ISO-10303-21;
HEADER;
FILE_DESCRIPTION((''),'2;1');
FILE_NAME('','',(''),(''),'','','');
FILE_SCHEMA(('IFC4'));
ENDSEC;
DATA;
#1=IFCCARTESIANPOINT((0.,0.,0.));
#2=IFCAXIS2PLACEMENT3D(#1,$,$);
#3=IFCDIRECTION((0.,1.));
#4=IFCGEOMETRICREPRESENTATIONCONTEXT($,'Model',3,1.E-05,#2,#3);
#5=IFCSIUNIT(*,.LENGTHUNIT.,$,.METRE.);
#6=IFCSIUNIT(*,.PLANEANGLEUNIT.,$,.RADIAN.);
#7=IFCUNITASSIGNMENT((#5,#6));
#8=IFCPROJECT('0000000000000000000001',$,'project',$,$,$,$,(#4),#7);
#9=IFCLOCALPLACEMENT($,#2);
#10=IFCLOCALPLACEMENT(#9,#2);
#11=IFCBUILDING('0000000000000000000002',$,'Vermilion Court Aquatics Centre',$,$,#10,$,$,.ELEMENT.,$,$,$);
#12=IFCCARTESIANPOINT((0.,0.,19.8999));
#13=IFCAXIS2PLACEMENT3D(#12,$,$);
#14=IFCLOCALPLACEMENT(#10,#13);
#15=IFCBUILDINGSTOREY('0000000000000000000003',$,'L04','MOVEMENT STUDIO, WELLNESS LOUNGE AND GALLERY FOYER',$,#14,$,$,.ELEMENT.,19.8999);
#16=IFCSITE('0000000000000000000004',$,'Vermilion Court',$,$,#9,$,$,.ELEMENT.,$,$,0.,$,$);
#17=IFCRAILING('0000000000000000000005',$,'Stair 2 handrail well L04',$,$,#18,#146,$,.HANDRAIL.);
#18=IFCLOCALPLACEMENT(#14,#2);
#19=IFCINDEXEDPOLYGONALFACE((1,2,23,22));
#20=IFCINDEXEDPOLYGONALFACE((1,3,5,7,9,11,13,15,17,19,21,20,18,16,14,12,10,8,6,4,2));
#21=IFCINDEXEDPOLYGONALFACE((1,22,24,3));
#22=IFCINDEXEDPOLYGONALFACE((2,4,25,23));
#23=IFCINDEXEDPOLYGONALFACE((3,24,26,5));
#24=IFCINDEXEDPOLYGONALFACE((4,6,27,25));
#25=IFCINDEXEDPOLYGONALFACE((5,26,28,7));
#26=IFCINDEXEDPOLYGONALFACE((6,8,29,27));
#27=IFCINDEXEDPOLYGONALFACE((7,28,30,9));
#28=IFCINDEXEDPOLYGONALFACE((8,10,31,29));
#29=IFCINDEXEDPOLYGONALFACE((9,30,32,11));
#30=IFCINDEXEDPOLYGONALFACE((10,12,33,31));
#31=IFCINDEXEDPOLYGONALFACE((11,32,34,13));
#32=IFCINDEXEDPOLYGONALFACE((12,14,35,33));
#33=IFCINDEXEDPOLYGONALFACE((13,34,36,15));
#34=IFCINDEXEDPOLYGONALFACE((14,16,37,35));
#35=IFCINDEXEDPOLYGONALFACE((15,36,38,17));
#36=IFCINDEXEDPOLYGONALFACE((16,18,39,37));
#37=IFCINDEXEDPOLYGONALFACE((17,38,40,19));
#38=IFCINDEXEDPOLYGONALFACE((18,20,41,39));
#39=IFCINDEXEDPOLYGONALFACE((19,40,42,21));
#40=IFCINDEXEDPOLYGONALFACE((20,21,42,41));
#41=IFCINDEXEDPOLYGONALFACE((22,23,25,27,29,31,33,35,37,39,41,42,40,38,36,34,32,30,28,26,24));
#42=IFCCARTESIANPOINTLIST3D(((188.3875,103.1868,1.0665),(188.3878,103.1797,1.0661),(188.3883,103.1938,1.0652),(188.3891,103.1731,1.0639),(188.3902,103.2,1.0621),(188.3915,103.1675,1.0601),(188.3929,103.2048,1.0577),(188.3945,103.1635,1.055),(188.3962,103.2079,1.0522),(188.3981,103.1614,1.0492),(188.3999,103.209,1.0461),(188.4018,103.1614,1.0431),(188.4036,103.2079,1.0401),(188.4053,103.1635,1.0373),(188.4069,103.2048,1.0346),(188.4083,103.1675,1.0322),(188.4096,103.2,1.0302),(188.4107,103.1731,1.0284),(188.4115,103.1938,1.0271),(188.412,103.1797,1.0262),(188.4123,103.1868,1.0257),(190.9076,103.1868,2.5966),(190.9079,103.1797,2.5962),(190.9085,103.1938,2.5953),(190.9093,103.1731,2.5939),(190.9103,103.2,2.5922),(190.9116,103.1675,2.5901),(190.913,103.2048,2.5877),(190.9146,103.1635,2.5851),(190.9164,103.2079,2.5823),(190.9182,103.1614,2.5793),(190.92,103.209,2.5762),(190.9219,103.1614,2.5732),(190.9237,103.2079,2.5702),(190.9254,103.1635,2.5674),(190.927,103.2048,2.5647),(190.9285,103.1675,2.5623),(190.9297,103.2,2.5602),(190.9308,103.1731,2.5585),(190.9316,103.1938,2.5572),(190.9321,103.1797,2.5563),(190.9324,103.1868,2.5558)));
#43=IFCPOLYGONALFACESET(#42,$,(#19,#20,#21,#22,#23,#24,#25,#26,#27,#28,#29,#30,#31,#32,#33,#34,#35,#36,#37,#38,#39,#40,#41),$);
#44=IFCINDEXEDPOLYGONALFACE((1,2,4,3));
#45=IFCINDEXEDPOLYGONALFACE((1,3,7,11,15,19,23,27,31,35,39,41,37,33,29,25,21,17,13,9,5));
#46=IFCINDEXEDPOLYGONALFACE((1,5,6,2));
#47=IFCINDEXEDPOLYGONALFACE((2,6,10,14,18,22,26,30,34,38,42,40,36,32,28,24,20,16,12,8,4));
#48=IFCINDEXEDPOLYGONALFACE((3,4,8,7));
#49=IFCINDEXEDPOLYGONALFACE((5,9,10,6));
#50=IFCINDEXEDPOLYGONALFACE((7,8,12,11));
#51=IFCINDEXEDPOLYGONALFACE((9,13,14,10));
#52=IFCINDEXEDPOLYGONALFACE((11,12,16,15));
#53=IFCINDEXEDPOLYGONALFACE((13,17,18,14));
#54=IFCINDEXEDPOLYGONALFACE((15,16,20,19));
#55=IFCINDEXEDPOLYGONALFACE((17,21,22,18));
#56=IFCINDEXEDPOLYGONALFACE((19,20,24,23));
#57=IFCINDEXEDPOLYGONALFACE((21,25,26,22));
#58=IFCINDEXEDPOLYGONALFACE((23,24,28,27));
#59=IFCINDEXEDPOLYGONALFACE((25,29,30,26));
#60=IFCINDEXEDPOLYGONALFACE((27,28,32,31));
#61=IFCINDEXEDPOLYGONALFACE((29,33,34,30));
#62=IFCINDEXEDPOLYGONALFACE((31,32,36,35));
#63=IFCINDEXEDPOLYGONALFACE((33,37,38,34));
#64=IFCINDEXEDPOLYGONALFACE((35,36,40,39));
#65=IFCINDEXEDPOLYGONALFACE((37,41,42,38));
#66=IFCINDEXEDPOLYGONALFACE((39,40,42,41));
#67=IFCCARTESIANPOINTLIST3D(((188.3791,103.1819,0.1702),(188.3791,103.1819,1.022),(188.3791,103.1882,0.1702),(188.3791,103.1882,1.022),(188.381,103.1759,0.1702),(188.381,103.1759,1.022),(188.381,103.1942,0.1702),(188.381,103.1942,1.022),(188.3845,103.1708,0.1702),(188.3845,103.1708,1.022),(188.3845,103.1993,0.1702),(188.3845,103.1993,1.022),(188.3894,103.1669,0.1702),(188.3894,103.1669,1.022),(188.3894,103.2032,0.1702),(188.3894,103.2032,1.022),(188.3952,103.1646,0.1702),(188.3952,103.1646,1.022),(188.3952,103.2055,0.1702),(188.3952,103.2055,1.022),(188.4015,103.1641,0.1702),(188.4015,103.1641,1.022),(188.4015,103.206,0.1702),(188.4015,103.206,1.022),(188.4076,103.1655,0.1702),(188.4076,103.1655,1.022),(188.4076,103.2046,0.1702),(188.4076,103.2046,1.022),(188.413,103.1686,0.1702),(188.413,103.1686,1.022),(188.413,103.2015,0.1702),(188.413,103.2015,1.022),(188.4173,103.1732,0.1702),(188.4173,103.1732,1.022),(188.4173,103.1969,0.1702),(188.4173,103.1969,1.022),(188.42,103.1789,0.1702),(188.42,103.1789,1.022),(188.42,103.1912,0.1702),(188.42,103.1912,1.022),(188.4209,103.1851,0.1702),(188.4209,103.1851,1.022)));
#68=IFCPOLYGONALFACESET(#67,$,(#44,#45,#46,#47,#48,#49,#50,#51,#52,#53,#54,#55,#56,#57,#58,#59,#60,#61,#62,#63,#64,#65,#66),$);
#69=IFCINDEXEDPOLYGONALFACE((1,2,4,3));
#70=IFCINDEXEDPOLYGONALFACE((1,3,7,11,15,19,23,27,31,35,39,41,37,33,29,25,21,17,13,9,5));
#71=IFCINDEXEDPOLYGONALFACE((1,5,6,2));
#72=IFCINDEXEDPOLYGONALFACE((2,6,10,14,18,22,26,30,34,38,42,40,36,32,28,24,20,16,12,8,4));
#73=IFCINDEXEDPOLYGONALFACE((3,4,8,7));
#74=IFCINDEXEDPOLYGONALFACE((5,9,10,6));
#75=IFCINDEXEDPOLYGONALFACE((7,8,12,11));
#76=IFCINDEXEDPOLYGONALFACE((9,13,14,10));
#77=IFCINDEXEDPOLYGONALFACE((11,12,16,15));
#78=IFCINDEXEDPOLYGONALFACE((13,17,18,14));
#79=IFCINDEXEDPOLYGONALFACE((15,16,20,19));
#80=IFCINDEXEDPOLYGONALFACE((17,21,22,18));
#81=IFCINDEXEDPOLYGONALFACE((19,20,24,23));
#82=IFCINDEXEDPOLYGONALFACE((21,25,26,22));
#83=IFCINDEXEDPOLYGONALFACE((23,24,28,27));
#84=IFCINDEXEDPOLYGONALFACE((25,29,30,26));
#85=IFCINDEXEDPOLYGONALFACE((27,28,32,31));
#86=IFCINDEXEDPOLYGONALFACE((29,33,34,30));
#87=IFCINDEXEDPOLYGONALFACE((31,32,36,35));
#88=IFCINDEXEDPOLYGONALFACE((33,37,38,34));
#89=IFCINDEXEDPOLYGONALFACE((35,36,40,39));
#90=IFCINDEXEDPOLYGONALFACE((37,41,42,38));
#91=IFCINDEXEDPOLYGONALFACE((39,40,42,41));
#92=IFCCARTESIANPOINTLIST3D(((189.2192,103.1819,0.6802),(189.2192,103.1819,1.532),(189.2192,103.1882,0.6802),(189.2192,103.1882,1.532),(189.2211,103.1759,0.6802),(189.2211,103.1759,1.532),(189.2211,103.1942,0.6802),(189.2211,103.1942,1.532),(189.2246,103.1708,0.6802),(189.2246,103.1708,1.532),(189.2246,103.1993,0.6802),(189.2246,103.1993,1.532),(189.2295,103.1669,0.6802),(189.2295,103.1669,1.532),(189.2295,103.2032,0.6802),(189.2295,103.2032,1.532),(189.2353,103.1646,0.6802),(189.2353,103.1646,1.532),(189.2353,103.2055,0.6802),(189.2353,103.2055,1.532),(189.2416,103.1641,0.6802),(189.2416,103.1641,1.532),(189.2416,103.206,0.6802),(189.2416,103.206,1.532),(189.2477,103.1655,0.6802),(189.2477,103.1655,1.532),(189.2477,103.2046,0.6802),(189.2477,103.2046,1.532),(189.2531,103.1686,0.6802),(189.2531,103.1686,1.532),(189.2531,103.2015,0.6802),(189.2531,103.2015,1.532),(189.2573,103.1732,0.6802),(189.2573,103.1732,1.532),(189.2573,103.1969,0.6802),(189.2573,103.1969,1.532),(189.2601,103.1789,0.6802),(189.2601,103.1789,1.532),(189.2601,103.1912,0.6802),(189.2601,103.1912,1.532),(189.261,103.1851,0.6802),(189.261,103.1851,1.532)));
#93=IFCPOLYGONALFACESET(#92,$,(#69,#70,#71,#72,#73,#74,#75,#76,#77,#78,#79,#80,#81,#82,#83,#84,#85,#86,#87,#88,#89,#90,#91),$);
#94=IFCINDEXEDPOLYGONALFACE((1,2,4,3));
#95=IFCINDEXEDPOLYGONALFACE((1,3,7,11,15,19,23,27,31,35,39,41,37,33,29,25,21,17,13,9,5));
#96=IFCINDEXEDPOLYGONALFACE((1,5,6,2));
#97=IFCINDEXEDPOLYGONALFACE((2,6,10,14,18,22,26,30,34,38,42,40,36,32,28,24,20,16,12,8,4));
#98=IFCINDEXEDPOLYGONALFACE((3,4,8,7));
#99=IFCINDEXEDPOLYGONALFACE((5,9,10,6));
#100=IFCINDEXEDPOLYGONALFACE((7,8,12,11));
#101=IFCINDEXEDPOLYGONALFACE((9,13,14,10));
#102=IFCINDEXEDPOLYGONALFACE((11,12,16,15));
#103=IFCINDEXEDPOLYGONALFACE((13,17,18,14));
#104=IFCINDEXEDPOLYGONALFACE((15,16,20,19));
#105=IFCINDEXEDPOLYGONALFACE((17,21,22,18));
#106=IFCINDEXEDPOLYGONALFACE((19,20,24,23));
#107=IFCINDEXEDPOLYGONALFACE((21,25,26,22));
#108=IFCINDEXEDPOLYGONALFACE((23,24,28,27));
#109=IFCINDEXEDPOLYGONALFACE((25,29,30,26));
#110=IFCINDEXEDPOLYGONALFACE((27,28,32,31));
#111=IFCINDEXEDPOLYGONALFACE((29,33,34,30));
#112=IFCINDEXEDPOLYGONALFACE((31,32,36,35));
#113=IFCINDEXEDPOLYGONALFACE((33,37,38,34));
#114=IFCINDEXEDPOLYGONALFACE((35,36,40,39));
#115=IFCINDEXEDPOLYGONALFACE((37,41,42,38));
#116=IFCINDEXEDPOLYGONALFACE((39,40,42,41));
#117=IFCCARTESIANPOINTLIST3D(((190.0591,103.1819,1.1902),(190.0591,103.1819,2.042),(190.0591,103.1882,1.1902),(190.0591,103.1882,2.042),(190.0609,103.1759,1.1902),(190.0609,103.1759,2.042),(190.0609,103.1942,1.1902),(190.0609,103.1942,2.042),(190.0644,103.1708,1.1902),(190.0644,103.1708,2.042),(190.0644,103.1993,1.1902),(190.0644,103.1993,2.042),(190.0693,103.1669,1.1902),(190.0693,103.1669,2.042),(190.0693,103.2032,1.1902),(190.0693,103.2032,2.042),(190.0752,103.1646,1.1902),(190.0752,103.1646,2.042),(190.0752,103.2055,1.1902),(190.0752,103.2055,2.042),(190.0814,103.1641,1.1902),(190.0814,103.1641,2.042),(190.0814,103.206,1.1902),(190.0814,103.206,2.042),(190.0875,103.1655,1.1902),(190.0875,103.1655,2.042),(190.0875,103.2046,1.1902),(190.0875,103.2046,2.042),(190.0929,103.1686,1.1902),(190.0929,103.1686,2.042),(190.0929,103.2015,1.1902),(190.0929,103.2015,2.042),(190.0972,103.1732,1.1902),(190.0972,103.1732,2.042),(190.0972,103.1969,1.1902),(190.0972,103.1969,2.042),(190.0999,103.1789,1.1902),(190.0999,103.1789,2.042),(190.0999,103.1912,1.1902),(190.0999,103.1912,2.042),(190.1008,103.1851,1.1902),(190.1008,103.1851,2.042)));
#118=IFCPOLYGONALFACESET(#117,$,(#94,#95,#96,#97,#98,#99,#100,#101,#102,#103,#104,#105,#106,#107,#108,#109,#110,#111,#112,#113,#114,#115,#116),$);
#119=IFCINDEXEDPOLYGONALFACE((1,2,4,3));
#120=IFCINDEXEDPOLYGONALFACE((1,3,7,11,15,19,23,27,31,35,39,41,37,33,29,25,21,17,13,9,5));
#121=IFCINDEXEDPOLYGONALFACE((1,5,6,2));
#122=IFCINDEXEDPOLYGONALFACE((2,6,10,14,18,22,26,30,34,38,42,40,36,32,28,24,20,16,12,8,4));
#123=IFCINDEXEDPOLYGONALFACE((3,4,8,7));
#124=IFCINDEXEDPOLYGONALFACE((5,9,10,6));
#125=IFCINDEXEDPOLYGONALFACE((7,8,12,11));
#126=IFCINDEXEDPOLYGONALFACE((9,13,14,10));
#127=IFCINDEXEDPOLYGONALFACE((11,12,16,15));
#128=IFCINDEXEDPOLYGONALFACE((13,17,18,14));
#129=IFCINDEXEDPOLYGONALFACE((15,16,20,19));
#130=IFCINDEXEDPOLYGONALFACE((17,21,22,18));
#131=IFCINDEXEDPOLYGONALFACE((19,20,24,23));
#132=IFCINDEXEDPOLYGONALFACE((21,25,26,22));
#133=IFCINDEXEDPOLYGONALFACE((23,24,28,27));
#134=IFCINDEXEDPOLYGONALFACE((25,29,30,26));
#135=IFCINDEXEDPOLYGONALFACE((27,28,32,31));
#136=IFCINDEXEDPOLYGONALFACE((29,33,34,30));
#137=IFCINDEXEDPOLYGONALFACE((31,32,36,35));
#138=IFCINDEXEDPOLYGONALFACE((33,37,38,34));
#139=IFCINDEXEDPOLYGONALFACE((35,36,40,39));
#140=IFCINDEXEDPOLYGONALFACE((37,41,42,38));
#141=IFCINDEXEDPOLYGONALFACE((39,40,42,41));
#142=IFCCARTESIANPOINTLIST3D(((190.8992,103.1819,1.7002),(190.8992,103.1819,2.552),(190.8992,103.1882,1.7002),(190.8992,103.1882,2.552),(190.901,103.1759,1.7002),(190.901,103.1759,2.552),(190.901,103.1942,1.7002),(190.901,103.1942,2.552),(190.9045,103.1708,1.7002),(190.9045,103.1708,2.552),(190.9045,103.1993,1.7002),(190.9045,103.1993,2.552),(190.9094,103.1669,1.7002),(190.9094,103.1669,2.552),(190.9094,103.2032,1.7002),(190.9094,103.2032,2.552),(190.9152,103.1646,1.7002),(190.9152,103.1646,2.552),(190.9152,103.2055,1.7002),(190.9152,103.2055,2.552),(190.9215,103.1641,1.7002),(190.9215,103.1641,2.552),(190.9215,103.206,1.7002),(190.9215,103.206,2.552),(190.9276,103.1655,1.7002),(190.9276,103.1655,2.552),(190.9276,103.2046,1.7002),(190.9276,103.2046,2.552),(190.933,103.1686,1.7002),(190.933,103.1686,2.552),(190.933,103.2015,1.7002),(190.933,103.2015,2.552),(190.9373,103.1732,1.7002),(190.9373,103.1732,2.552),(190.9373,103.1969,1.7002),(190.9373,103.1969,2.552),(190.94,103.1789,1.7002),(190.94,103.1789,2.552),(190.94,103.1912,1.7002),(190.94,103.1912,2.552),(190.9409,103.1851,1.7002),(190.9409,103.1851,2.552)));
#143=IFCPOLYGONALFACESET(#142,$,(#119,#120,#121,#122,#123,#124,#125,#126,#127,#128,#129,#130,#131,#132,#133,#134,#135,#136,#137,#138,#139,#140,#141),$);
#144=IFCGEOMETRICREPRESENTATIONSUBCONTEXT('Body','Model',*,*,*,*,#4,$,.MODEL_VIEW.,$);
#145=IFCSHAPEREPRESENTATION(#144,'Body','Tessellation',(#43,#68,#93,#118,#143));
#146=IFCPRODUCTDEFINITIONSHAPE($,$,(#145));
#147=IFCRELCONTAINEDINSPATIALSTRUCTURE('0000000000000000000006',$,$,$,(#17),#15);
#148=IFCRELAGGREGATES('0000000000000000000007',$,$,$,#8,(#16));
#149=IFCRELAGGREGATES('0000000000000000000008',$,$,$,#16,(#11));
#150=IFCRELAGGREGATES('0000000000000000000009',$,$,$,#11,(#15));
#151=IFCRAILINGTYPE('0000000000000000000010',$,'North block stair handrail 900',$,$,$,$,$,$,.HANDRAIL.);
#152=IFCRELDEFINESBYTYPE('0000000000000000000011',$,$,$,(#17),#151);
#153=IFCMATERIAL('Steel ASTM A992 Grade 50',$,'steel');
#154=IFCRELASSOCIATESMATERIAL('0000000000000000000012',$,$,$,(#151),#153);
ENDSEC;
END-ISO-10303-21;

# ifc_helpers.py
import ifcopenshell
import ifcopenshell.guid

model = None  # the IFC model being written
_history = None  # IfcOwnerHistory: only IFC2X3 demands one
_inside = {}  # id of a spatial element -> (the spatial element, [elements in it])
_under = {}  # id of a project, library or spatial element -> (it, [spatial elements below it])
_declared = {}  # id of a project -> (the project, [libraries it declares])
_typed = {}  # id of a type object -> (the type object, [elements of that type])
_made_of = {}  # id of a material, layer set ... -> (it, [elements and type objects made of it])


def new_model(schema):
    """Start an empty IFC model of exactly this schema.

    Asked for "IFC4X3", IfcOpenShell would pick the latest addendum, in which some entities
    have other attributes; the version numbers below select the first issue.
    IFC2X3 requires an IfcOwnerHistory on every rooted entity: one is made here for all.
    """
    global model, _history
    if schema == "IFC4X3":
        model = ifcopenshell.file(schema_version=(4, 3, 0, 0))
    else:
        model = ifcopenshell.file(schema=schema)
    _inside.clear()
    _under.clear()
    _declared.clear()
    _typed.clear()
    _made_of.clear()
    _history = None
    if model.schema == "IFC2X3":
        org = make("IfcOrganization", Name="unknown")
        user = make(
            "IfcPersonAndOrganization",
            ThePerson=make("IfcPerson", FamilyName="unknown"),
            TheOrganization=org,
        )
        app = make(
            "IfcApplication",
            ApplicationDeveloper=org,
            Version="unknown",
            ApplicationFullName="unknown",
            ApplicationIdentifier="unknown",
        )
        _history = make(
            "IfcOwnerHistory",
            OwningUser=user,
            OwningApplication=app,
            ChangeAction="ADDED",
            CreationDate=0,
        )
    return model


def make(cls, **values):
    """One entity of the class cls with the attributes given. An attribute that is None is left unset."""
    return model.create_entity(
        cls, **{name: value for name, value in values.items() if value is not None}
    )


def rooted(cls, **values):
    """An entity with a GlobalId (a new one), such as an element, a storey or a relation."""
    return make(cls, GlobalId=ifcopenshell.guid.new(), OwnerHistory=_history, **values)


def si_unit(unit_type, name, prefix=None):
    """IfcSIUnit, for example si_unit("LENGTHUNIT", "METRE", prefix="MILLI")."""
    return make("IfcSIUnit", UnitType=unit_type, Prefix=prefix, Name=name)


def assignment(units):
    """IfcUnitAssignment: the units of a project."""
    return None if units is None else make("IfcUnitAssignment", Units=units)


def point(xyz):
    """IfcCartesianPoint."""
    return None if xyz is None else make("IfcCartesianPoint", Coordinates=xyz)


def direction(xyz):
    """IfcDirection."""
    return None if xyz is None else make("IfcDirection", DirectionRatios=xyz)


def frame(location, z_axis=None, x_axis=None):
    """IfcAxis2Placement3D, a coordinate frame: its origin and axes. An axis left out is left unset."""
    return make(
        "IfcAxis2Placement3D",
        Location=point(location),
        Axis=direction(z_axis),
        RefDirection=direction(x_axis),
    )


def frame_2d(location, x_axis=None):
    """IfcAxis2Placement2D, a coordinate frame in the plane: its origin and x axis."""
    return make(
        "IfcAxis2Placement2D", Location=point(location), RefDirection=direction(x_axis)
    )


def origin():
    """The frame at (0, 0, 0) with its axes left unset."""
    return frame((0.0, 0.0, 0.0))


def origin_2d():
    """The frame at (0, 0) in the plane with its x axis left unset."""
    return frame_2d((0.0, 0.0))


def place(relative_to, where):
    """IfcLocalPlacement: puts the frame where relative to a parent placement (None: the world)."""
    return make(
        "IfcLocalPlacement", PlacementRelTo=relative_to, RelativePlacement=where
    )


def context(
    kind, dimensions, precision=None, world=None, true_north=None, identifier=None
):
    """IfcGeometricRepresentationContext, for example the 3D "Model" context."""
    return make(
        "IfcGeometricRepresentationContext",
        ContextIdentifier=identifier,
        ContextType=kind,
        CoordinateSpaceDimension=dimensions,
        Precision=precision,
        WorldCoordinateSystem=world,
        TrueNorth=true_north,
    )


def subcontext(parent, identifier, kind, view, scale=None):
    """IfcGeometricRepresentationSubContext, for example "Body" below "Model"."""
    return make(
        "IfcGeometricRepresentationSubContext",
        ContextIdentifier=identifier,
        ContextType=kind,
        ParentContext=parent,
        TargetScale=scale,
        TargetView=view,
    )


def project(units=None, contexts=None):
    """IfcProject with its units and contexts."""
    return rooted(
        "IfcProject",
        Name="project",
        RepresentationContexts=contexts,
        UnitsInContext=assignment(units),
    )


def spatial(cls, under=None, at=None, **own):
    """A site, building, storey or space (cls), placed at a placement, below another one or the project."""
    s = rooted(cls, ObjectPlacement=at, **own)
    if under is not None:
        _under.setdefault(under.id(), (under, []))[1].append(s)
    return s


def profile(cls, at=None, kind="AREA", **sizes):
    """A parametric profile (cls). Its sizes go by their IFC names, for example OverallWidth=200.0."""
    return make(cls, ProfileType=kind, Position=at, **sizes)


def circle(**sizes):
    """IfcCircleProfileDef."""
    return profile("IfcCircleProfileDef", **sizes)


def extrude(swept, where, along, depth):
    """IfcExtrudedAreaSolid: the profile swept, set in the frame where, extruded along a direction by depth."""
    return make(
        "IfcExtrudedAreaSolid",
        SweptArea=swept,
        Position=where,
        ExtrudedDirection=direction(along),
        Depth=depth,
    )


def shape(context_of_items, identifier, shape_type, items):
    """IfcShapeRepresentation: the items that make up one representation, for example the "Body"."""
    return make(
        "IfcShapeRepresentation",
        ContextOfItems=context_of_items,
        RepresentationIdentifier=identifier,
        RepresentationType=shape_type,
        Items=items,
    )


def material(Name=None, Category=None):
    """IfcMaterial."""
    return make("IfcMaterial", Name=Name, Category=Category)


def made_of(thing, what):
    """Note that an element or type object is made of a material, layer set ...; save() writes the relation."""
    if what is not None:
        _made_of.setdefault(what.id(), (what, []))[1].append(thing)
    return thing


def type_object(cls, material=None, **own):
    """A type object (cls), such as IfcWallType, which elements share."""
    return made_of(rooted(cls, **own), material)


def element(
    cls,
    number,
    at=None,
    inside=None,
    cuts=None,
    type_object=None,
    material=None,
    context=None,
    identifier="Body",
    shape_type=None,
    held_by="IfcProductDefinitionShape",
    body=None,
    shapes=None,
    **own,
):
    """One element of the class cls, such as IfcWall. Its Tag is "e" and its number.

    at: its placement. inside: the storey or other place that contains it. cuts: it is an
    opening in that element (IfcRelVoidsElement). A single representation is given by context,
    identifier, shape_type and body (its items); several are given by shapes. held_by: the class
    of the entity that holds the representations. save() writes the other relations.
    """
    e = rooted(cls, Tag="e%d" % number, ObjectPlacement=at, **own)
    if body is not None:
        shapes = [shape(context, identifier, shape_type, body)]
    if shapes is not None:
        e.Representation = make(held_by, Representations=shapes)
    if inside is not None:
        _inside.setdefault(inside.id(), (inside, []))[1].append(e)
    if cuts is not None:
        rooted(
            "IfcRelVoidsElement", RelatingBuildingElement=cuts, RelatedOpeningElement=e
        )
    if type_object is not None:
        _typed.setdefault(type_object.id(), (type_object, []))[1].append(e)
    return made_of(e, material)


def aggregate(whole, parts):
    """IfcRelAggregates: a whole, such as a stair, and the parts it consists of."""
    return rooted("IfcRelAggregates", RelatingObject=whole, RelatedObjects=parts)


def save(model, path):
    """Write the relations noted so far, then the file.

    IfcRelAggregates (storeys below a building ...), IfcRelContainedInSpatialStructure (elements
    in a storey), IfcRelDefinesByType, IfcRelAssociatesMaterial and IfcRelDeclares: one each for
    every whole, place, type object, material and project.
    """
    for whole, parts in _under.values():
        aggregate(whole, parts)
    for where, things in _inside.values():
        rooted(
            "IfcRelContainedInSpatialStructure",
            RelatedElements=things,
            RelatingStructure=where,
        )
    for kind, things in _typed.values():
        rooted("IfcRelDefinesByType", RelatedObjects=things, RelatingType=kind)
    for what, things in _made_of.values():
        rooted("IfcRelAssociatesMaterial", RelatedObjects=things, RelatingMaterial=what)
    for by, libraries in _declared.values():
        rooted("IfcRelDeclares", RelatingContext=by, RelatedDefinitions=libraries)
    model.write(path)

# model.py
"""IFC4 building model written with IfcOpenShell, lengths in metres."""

from ifc_helpers import new_model, si_unit, direction, frame, origin, origin_2d, place, context, subcontext, project, spatial, circle, extrude, material, type_object, element, save


model = new_model("IFC4")

# Units and contexts
model_context = context("Model", 3, precision=1e-05, world=origin(), true_north=direction((0.0, 1.0)))
body_context = subcontext(model_context, "Body", "Model", "MODEL_VIEW")
ifc_project = project(units=[si_unit("LENGTHUNIT", "METRE"), si_unit("PLANEANGLEUNIT", "RADIAN")], contexts=[model_context])

# Site, building, storey
site_placement = place(None, origin())
site = spatial("IfcSite", under=ifc_project, at=site_placement, Name="Vermilion Court", CompositionType="ELEMENT", RefElevation=0.0)
building_placement = place(site_placement, origin())
building = spatial("IfcBuilding", under=site, at=building_placement, Name="Vermilion Court Aquatics Centre", CompositionType="ELEMENT")
storey_placement = place(building_placement, frame((0.0, 0.0, 19.8999)))
storey = spatial("IfcBuildingStorey", under=building, at=storey_placement, Name="L04", Description="MOVEMENT STUDIO, WELLNESS LOUNGE AND GALLERY FOYER", CompositionType="ELEMENT", Elevation=19.8999)

# Railing
ifc_material_1 = material(Name="Steel ASTM A992 Grade 50", Category="steel")
railing_type_1 = type_object("IfcRailingType", Name="North block stair handrail 900", PredefinedType="HANDRAIL", material=ifc_material_1)
for number, where, name in (
    (1, (188.3999, 103.1851, 0.1702), "Stair 2 handrail well L04"),
):
    element("IfcRailing", number, at=place(storey_placement, frame(where)), inside=storey, type_object=railing_type_1, Name=name, PredefinedType="HANDRAIL", context=body_context, shape_type="SweptSolid", body=[
        extrude(circle(Radius=0.0239, at=origin_2d()), frame((0.0, 0.0, 0.876), z_axis=(0.854785, 0.0, 0.518982), x_axis=(0.0, 1.0, 0.0)), (0.0, 0.0, 1.0), 2.9482),
        extrude(circle(Radius=0.021, at=origin_2d()), origin(), (0.0, 0.0, 1.0), 0.8518),
        extrude(circle(Radius=0.021, at=origin_2d()), frame((0.8401, 0.0, 0.51)), (0.0, 0.0, 1.0), 0.8518),
        extrude(circle(Radius=0.021, at=origin_2d()), frame((1.6799, 0.0, 1.02)), (0.0, 0.0, 1.0), 0.8518),
        extrude(circle(Radius=0.021, at=origin_2d()), frame((2.52, 0.0, 1.53)), (0.0, 0.0, 1.0), 0.8518),
    ])

save(model, "model.ifc")
